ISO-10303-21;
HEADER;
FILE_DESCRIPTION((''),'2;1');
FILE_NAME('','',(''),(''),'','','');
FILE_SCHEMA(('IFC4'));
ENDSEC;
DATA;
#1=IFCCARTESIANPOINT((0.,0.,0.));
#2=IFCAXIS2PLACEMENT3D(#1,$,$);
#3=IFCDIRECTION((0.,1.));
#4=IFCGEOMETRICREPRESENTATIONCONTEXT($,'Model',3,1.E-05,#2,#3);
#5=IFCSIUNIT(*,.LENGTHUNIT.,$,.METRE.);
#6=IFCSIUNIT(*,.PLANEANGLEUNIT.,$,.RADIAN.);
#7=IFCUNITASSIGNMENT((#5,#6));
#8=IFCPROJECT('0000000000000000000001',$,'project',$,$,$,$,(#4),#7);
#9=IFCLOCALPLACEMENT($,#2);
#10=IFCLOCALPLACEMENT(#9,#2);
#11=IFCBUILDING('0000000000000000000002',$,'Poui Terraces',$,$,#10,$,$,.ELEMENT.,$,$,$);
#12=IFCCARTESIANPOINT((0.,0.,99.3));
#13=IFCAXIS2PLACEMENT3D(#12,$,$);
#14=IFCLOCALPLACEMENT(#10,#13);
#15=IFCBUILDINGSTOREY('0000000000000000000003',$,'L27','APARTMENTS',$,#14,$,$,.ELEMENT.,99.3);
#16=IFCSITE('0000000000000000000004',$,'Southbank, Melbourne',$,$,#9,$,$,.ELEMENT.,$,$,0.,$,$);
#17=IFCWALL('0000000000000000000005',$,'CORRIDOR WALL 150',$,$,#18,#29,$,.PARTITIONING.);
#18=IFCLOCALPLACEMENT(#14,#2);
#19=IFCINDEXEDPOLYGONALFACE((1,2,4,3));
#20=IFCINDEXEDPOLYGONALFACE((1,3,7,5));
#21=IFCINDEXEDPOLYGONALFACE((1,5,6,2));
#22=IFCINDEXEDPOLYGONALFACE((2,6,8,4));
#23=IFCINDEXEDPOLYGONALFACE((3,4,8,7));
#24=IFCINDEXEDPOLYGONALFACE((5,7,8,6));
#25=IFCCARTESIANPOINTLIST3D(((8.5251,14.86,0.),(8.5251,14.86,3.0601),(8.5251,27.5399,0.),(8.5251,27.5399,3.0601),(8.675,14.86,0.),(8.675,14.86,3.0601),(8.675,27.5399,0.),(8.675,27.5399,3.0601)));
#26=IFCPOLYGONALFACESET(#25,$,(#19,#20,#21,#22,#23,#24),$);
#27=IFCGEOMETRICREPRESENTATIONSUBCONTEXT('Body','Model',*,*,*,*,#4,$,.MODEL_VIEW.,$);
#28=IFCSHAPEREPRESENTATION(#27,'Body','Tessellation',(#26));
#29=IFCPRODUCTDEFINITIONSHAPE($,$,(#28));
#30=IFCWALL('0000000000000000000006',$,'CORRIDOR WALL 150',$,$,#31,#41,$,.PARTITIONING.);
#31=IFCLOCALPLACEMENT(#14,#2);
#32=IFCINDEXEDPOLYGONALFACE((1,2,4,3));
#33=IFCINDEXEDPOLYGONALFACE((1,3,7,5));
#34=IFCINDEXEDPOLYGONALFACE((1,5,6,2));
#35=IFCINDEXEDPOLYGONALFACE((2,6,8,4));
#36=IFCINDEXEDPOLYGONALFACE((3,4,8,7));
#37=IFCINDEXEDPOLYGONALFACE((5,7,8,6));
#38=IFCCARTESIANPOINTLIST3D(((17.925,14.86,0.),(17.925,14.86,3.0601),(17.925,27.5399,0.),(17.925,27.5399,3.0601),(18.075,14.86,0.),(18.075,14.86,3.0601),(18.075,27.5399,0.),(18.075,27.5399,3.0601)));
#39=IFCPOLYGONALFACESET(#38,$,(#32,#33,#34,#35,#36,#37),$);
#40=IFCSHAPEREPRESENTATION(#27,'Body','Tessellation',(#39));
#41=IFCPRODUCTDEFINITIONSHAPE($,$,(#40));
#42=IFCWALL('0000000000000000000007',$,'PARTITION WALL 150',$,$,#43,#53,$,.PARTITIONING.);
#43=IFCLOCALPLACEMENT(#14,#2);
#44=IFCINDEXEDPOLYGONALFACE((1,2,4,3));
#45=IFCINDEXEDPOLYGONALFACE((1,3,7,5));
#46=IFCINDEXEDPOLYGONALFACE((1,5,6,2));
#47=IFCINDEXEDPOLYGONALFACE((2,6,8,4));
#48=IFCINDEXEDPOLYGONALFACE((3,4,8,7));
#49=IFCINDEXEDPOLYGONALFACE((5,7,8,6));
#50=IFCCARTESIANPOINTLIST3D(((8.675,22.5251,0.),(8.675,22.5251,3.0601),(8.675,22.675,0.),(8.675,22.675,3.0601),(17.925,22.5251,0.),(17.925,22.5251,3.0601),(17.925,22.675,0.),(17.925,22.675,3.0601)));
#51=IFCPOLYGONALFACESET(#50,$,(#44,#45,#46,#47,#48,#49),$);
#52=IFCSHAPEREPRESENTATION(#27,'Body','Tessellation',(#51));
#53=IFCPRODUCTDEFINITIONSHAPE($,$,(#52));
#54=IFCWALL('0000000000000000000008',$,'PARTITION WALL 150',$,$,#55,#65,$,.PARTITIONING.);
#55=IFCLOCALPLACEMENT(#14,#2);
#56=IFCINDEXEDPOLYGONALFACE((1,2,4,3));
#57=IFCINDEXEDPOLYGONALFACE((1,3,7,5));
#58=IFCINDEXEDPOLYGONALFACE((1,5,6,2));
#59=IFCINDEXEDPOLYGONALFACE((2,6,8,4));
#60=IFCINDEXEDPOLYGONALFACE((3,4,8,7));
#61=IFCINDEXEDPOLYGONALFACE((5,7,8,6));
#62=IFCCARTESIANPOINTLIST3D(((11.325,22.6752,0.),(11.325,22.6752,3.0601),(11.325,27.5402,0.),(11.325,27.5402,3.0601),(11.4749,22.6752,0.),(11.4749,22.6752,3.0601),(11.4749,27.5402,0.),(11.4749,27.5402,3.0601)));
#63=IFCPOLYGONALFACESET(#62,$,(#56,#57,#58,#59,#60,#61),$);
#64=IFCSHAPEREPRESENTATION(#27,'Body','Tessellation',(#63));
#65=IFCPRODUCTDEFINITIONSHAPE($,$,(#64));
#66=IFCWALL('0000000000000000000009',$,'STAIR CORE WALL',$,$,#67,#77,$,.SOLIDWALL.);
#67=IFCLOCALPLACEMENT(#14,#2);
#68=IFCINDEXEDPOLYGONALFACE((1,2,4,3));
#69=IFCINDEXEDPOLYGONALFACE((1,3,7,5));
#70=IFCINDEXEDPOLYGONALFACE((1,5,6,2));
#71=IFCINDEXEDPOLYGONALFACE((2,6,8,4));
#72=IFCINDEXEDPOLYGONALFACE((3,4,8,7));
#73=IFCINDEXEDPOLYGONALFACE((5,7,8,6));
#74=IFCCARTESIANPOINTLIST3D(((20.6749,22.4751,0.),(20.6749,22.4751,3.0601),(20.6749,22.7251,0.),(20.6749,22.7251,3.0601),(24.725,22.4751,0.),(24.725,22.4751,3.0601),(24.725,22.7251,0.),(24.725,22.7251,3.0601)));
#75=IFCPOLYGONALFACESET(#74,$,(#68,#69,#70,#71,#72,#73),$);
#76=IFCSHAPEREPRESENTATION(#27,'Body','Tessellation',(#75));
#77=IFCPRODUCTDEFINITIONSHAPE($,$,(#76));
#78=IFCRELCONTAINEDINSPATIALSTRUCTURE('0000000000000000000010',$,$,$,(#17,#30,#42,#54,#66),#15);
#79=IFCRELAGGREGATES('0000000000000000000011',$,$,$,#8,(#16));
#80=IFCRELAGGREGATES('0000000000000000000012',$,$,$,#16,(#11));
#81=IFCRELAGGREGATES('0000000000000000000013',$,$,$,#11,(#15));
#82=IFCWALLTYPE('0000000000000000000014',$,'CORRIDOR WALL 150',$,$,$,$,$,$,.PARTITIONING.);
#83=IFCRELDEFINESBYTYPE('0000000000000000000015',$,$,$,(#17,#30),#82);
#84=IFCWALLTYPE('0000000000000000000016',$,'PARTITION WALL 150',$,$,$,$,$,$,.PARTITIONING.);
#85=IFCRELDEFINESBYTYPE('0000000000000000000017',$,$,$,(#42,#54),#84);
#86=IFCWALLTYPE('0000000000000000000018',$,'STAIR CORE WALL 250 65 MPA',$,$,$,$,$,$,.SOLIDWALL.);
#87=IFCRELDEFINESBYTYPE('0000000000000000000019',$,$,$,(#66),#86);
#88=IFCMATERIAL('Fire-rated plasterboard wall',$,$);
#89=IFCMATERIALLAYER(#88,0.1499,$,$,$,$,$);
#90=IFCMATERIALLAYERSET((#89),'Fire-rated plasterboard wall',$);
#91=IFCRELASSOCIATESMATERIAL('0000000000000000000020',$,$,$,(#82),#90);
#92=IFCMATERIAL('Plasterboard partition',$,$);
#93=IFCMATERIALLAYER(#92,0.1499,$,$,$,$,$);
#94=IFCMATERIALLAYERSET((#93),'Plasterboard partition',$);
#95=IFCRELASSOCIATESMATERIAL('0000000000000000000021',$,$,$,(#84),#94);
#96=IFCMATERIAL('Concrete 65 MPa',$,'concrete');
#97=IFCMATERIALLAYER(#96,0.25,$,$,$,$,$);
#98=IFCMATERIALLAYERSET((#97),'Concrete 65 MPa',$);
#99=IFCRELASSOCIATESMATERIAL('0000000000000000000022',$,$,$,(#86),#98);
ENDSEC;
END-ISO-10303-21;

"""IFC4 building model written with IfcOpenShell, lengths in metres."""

from ifc_helpers import new_model, si_unit, direction, frame, frame_2d, origin, place, context, subcontext, project, spatial, rectangle, extrude, material, layer, layer_set, type_object, element, save


model = new_model("IFC4")

# Units and contexts
model_context = context("Model", 3, precision=1e-05, world=origin(), true_north=direction((0.0, 1.0)))
body_context = subcontext(model_context, "Body", "Model", "MODEL_VIEW")
ifc_project = project(units=[si_unit("LENGTHUNIT", "METRE"), si_unit("PLANEANGLEUNIT", "RADIAN")], contexts=[model_context])

# Site, building, storey
site_placement = place(None, origin())
site = spatial("IfcSite", under=ifc_project, at=site_placement, Name="Southbank, Melbourne", CompositionType="ELEMENT", RefElevation=0.0)
building_placement = place(site_placement, origin())
building = spatial("IfcBuilding", under=site, at=building_placement, Name="Poui Terraces", CompositionType="ELEMENT")
storey_placement = place(building_placement, frame((0.0, 0.0, 99.3)))
storey = spatial("IfcBuildingStorey", under=building, at=storey_placement, Name="L27", Description="APARTMENTS", CompositionType="ELEMENT", Elevation=99.3)

# Walls
ifc_material_1 = material(Name="Fire-rated plasterboard wall")
ifc_layer_1 = layer(ifc_material_1, 0.1499)
ifc_layer_set_1 = layer_set([ifc_layer_1], Name="Fire-rated plasterboard wall")
wall_type_1 = type_object("IfcWallType", Name="CORRIDOR WALL 150", PredefinedType="PARTITIONING", material=ifc_layer_set_1)
for number, where, z_axis, x_axis, name in (
    (1, (8.6001, 14.8601, 0.0), (0.0, 0.0, 1.0), (0.0, 1.0, 0.0), "CORRIDOR WALL 150"),
    (2, (18.0, 14.8601, 0.0), (0.0, 0.0, 1.0), (0.0, 1.0, 0.0), "CORRIDOR WALL 150"),
):
    element("IfcWall", number, at=place(storey_placement, frame(where, z_axis=z_axis, x_axis=x_axis)), inside=storey, type_object=wall_type_1, Name=name, PredefinedType="PARTITIONING", context=body_context, shape_type="SweptSolid", body=[
        extrude(rectangle(XDim=12.6799, YDim=0.1499, at=frame_2d((6.3398, 0.0))), origin(), (0.0, 0.0, 1.0), 3.0601),
    ])
ifc_material_2 = material(Name="Plasterboard partition")
ifc_layer_2 = layer(ifc_material_2, 0.1499)
ifc_layer_set_2 = layer_set([ifc_layer_2], Name="Plasterboard partition")
wall_type_2 = type_object("IfcWallType", Name="PARTITION WALL 150", PredefinedType="PARTITIONING", material=ifc_layer_set_2)
wall_1_placement = place(storey_placement, frame((8.675, 22.6001, 0.0), z_axis=(0.0, 0.0, 1.0), x_axis=(1.0, 0.0, 0.0)))
element("IfcWall", 3, at=wall_1_placement, inside=storey, type_object=wall_type_2, Name="PARTITION WALL 150", PredefinedType="PARTITIONING", context=body_context, shape_type="SweptSolid", body=[
    extrude(rectangle(XDim=9.25, YDim=0.1499, at=frame_2d((4.625, 0.0))), origin(), (0.0, 0.0, 1.0), 3.0601),
])
wall_2_placement = place(storey_placement, frame((11.3999, 22.675, 0.0), z_axis=(0.0, 0.0, 1.0), x_axis=(0.0, 1.0, 0.0)))
element("IfcWall", 4, at=wall_2_placement, inside=storey, type_object=wall_type_2, Name="PARTITION WALL 150", PredefinedType="PARTITIONING", context=body_context, shape_type="SweptSolid", body=[
    extrude(rectangle(XDim=4.865, YDim=0.1499, at=frame_2d((2.4326, 0.0))), origin(), (0.0, 0.0, 1.0), 3.0601),
])

# Shared definitions
ifc_material_3 = material(Name="Concrete 65 MPa", Category="concrete")

# Wall
ifc_layer_3 = layer(ifc_material_3, 0.25)
ifc_layer_set_3 = layer_set([ifc_layer_3], Name="Concrete 65 MPa")
wall_type_3 = type_object("IfcWallType", Name="STAIR CORE WALL 250 65 MPA", PredefinedType="SOLIDWALL", material=ifc_layer_set_3)
wall_3_placement = place(storey_placement, frame((20.675, 22.6001, 0.0), z_axis=(0.0, 0.0, 1.0), x_axis=(1.0, 0.0, 0.0)))
element("IfcWall", 5, at=wall_3_placement, inside=storey, type_object=wall_type_3, Name="STAIR CORE WALL", PredefinedType="SOLIDWALL", context=body_context, shape_type="SweptSolid", body=[
    extrude(rectangle(XDim=4.05, YDim=0.25, at=frame_2d((2.0249, 0.0))), origin(), (0.0, 0.0, 1.0), 3.0601),
])

save(model, "model.ifc")
